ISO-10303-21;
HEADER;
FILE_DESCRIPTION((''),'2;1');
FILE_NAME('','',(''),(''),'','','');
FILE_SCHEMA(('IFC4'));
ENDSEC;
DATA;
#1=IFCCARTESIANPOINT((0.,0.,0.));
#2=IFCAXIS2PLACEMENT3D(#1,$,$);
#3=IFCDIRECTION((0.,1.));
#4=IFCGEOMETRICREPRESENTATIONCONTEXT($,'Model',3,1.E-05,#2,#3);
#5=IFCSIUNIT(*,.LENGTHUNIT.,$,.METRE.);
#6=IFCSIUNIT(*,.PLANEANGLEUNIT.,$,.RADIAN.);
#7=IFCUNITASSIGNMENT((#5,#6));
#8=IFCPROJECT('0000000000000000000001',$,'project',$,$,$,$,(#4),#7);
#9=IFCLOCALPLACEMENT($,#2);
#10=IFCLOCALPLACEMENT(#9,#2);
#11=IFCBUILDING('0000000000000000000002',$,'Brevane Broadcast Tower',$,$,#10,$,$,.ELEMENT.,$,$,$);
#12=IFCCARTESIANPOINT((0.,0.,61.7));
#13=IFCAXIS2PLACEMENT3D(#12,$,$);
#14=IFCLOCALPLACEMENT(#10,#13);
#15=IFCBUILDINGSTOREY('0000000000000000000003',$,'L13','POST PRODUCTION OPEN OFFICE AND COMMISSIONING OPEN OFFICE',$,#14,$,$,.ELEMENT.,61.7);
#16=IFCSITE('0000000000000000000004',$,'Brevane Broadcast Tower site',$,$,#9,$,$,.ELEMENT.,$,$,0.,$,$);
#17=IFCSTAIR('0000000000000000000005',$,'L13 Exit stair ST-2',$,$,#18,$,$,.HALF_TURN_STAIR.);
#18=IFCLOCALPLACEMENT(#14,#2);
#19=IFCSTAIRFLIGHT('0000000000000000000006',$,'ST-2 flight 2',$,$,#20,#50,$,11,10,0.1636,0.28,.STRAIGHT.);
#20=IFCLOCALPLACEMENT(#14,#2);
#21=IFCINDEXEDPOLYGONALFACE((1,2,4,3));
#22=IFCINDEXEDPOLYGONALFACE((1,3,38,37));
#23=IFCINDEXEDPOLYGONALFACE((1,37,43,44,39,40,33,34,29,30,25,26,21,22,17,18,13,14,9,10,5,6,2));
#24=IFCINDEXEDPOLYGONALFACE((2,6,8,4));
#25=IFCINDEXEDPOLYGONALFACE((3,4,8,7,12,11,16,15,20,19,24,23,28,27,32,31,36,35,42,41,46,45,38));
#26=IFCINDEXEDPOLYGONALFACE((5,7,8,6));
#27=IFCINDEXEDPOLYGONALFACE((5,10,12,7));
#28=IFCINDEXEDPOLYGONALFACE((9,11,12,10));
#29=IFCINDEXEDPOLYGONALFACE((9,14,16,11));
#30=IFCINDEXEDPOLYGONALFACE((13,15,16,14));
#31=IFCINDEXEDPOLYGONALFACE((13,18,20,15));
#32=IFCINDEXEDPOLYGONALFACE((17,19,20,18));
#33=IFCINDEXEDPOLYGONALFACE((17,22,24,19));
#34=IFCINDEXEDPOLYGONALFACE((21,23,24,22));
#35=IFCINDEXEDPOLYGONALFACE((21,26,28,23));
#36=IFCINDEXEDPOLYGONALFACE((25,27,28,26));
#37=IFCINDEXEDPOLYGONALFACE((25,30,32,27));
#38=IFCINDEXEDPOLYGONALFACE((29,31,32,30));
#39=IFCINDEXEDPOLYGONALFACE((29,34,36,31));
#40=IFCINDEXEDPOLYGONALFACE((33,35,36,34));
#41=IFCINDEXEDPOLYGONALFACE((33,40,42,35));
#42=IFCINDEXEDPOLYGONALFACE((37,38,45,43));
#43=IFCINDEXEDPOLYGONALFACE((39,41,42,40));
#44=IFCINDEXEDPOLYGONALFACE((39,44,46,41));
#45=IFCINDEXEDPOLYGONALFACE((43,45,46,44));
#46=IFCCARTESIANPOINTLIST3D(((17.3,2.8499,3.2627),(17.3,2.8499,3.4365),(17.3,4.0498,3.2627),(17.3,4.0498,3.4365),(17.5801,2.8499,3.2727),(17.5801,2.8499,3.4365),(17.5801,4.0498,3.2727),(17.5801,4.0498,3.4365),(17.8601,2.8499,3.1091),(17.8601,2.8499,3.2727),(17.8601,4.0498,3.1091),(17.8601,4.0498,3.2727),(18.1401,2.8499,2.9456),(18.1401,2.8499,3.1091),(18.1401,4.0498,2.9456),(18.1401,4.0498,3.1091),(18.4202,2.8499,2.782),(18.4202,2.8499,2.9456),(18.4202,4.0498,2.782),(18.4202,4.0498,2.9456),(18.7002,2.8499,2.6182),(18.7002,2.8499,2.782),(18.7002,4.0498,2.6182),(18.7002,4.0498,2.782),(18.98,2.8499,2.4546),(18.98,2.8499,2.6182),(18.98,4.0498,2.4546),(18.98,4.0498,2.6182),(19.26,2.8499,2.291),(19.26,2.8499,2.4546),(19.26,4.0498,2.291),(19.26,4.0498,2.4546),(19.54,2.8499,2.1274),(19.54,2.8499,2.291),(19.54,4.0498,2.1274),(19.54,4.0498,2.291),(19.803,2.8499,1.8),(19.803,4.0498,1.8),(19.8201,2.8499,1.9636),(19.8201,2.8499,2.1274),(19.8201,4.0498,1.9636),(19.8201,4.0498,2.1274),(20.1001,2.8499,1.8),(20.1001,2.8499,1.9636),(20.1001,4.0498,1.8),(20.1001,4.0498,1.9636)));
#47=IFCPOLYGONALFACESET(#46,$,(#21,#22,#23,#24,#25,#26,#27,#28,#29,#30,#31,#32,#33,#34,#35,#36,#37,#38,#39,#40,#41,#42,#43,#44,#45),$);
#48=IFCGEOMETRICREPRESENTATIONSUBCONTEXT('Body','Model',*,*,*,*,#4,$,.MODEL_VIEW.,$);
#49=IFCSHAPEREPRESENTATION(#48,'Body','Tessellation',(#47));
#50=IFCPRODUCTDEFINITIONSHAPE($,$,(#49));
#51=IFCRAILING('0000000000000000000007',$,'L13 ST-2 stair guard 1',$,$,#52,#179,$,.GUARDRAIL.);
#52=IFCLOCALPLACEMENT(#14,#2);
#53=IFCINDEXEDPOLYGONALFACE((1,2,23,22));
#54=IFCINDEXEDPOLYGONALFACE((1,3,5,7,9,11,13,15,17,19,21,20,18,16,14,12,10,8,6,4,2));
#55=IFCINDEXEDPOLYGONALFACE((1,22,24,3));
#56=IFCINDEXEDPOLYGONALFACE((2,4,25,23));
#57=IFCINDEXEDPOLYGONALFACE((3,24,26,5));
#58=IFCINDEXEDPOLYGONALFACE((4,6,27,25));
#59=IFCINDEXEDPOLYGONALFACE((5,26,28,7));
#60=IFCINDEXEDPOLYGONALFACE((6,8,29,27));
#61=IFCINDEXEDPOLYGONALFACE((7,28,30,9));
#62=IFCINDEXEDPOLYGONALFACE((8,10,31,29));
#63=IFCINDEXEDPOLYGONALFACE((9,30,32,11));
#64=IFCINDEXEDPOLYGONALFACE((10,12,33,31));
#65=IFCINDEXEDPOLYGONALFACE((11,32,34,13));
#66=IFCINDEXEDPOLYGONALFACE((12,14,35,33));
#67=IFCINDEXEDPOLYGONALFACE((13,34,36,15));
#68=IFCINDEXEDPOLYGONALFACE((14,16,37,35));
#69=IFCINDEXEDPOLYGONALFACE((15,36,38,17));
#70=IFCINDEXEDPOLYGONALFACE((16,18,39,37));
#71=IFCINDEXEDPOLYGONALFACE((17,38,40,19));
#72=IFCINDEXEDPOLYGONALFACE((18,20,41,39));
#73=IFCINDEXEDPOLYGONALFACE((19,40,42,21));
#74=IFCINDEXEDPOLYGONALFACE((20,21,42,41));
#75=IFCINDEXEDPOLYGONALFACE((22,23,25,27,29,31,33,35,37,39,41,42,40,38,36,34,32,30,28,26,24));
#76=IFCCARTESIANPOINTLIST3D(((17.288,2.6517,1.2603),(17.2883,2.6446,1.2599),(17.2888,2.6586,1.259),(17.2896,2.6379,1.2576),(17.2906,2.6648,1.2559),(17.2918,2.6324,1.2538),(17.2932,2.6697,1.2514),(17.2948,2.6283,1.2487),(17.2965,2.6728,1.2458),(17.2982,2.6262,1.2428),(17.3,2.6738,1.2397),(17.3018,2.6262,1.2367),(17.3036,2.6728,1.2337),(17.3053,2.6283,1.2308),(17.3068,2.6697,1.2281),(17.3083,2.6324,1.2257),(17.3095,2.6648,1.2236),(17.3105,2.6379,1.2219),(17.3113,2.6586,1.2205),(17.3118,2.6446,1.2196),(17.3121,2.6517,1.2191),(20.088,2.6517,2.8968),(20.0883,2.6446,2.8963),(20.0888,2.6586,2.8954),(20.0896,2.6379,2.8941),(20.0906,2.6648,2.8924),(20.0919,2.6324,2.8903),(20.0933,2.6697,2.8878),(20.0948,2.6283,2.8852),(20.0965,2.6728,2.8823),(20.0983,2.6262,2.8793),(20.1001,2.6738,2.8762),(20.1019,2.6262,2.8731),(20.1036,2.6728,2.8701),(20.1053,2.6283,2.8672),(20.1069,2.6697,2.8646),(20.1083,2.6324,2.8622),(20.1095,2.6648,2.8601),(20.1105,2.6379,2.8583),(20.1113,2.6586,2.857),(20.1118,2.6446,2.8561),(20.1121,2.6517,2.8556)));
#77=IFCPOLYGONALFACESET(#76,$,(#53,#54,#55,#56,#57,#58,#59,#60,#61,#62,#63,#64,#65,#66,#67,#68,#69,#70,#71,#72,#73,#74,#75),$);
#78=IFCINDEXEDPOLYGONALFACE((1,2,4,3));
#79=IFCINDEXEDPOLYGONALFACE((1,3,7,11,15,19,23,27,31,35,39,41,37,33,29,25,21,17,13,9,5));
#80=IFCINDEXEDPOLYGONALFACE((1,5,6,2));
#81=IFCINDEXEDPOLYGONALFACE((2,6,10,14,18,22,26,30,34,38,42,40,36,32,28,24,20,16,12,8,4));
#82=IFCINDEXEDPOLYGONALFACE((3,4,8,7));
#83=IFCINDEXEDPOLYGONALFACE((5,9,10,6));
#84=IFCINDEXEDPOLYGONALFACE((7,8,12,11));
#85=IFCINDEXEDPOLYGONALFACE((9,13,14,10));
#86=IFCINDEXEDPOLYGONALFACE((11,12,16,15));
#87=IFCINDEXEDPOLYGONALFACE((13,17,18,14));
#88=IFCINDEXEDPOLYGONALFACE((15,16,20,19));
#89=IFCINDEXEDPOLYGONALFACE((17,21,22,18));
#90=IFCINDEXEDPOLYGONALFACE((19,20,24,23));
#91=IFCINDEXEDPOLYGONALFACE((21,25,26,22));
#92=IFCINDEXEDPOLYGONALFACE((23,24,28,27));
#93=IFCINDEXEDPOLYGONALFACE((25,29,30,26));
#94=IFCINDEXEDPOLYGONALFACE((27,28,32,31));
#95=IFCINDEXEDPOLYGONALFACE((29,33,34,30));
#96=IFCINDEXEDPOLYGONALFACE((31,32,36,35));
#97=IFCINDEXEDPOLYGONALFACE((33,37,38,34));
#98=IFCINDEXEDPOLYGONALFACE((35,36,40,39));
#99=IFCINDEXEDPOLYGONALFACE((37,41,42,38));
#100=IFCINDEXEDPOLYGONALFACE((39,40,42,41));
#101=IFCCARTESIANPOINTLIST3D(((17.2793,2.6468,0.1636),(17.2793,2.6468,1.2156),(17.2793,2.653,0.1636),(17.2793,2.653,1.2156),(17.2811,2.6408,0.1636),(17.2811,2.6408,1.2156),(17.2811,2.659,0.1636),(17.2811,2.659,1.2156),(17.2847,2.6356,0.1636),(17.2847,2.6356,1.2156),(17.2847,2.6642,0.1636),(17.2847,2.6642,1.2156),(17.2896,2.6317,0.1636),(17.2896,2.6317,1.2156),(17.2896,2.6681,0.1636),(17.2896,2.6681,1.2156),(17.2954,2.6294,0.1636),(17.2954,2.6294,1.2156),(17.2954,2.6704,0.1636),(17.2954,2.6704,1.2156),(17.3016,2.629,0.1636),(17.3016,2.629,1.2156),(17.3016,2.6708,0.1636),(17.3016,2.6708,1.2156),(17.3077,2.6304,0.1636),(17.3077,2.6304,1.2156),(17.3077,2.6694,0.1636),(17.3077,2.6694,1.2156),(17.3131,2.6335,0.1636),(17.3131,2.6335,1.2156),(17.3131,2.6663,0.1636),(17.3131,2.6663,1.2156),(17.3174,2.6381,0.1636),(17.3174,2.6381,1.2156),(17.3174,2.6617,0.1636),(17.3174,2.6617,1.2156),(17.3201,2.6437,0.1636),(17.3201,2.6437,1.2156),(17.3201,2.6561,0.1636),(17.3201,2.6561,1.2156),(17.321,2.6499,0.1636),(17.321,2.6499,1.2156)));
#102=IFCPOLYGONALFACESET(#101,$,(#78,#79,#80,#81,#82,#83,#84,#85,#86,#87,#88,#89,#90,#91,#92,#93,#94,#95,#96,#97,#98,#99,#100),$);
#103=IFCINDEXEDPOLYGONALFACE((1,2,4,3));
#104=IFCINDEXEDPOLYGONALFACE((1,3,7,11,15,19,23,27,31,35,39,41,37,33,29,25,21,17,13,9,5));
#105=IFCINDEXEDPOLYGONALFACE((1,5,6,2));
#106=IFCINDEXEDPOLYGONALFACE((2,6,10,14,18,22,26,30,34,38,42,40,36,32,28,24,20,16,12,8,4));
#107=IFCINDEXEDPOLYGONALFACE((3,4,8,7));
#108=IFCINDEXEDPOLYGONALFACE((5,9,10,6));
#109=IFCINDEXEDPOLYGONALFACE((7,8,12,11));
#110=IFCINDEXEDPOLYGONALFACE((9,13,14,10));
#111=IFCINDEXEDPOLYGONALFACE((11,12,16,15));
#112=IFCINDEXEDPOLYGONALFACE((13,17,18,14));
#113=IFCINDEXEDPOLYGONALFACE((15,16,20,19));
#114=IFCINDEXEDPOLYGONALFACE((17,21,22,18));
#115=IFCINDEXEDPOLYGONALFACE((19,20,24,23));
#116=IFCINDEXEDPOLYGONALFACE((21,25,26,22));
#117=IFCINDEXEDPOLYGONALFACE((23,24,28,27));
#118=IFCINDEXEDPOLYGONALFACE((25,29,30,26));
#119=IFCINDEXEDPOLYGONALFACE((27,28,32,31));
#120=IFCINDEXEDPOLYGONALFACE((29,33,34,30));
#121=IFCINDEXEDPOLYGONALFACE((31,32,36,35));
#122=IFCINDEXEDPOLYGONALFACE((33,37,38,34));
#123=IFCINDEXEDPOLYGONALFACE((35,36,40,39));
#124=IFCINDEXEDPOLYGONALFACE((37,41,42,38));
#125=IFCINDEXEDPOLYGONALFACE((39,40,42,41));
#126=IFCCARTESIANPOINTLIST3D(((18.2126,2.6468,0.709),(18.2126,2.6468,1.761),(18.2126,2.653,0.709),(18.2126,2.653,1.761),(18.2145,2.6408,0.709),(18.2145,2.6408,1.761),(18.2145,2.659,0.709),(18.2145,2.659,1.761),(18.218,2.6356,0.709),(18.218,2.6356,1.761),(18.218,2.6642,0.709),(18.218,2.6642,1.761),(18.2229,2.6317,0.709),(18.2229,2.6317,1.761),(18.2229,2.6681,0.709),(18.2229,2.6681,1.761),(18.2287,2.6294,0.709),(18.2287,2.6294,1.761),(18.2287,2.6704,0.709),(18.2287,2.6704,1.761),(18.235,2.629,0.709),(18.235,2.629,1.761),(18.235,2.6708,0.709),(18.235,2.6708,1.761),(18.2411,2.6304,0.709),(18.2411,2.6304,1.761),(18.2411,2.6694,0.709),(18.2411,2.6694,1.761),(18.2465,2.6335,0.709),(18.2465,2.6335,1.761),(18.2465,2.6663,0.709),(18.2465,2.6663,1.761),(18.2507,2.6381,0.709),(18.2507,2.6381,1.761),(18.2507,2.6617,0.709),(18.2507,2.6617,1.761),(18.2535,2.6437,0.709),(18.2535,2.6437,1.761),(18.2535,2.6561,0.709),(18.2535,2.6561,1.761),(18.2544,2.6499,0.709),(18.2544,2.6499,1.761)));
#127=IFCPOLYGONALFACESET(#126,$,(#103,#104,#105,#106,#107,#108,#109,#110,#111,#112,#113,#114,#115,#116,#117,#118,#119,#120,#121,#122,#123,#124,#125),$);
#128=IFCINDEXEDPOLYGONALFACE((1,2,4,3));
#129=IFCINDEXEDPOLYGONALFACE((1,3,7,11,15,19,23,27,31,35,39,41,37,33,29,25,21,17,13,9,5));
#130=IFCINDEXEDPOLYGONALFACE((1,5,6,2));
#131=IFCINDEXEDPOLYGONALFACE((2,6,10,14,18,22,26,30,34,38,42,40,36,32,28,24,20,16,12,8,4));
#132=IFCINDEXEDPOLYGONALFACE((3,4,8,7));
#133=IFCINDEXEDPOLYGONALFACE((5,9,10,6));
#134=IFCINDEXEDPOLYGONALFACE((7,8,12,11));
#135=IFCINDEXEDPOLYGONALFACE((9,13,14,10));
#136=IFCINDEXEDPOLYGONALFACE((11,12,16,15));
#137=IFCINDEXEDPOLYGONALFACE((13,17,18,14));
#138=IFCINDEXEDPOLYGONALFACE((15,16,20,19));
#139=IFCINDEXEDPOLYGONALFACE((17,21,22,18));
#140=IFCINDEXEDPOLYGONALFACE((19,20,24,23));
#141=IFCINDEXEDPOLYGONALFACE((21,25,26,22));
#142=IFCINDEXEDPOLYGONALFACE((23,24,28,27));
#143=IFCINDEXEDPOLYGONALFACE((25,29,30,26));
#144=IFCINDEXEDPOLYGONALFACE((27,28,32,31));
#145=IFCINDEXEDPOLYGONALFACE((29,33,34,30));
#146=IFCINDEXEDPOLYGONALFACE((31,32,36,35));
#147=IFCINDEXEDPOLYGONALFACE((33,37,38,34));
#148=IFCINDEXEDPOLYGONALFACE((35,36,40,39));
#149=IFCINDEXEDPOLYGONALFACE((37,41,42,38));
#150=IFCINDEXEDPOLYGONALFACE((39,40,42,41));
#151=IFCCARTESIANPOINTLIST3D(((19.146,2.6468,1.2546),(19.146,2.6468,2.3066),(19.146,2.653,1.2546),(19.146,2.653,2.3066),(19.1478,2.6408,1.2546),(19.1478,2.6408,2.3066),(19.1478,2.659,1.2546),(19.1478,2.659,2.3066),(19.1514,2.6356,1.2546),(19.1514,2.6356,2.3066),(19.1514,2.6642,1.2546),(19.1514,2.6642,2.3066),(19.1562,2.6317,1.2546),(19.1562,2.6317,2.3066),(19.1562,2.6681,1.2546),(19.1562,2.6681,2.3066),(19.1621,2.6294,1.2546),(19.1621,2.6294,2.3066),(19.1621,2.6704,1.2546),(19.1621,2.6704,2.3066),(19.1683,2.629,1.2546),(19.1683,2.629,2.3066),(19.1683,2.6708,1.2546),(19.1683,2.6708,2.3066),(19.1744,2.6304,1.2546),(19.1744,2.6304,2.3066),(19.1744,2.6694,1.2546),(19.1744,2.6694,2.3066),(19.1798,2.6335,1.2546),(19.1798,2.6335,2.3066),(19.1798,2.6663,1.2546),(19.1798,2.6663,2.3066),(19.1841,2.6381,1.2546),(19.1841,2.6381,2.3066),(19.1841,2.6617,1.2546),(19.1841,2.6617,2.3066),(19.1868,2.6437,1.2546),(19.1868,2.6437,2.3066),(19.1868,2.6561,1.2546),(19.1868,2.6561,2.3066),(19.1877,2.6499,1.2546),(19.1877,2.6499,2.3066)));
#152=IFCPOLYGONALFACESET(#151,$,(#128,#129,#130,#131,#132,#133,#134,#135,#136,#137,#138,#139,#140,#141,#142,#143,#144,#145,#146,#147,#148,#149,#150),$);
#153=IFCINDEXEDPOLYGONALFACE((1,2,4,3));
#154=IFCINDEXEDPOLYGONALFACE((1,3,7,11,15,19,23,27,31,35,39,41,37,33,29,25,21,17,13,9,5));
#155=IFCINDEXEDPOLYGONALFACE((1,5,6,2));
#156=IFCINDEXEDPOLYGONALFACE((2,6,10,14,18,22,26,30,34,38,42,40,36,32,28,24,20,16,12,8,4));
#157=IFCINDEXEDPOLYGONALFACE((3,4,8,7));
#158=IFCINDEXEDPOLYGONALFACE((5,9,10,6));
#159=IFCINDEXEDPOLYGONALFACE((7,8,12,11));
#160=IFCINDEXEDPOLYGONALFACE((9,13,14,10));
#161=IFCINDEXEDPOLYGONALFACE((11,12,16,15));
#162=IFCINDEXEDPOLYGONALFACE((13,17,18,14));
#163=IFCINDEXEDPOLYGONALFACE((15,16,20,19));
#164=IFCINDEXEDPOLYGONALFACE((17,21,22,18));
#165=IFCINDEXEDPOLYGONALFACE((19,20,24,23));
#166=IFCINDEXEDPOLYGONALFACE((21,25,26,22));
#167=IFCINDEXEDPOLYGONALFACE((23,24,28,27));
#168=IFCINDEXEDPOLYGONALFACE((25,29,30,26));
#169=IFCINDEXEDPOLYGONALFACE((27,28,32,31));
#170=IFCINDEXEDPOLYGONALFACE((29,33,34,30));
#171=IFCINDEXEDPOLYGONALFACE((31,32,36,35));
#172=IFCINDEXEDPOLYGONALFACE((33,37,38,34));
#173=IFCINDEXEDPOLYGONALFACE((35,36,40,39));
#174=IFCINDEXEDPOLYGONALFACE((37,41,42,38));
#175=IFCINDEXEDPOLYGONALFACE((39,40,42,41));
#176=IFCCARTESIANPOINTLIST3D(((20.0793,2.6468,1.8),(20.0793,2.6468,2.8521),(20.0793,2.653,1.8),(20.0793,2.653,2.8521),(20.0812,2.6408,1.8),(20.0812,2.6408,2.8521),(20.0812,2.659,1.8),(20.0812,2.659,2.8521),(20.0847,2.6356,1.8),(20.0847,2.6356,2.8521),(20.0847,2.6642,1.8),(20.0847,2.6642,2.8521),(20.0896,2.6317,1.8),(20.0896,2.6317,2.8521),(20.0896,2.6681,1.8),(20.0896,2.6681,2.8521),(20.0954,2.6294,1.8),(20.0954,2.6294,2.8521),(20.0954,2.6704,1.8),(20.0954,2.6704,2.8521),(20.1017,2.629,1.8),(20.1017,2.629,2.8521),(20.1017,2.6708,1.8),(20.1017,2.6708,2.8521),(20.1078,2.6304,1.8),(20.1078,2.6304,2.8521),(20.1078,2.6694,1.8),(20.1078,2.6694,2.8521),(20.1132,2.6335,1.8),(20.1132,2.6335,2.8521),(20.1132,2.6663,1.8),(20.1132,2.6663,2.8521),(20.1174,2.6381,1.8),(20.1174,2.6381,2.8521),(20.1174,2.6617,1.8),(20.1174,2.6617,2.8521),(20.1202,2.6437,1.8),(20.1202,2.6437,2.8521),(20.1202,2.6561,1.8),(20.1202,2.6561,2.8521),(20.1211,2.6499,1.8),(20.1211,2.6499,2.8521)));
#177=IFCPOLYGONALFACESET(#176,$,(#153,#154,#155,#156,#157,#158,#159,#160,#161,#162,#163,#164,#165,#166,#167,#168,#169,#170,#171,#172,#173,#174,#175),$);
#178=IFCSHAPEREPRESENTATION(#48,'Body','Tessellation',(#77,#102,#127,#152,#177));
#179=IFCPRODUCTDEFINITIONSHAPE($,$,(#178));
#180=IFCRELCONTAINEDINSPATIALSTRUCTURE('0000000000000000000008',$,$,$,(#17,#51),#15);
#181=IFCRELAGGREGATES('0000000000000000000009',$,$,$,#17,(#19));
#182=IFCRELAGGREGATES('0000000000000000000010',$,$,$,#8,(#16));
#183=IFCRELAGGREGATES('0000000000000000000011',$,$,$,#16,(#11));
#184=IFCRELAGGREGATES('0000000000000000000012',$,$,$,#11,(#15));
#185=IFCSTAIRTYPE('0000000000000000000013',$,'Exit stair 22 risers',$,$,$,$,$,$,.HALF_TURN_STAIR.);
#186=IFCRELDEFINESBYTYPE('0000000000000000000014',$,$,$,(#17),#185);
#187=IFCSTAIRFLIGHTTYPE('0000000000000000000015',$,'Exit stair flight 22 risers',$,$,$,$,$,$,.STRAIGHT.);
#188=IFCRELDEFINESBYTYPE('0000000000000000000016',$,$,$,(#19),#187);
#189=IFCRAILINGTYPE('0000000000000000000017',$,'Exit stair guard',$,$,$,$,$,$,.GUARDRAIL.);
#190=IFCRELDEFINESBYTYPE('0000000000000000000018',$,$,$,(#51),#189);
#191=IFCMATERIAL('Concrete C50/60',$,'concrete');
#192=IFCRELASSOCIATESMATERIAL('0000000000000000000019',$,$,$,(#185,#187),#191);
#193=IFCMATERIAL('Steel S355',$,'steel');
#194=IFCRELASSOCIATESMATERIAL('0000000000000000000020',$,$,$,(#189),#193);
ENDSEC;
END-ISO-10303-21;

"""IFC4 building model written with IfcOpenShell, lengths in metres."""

from ifc_helpers import new_model, si_unit, direction, frame, origin, origin_2d, place, context, subcontext, project, spatial, polyline, circle, outline, extrude, material, type_object, element, aggregate, save


model = new_model("IFC4")

# Units and contexts
model_context = context("Model", 3, precision=1e-05, world=origin(), true_north=direction((0.0, 1.0)))
body_context = subcontext(model_context, "Body", "Model", "MODEL_VIEW")
ifc_project = project(units=[si_unit("LENGTHUNIT", "METRE"), si_unit("PLANEANGLEUNIT", "RADIAN")], contexts=[model_context])

# Site, building, storey
site_placement = place(None, origin())
site = spatial("IfcSite", under=ifc_project, at=site_placement, Name="Brevane Broadcast Tower site", CompositionType="ELEMENT", RefElevation=0.0)
building_placement = place(site_placement, origin())
building = spatial("IfcBuilding", under=site, at=building_placement, Name="Brevane Broadcast Tower", CompositionType="ELEMENT")
storey_placement = place(building_placement, frame((0.0, 0.0, 61.7)))
storey = spatial("IfcBuildingStorey", under=building, at=storey_placement, Name="L13", Description="POST PRODUCTION OPEN OFFICE AND COMMISSIONING OPEN OFFICE", CompositionType="ELEMENT", Elevation=61.7)

# Stair, stair flight
ifc_material_1 = material(Name="Concrete C50/60", Category="concrete")
stair_type = type_object("IfcStairType", Name="Exit stair 22 risers", PredefinedType="HALF_TURN_STAIR", material=ifc_material_1)
stair_placement = place(storey_placement, origin())
stair = element("IfcStair", 1, at=stair_placement, inside=storey, type_object=stair_type, Name="L13 Exit stair ST-2", PredefinedType="HALF_TURN_STAIR")
stair_flight_type = type_object("IfcStairFlightType", Name="Exit stair flight 22 risers", PredefinedType="STRAIGHT", material=ifc_material_1)
stair_flight_1_placement = place(storey_placement, frame((20.1001, 3.45, 1.8), z_axis=(0.0, 0.0, 1.0), x_axis=(-1.0, 0.0, 0.0)))
stair_flight_1 = element("IfcStairFlight", 2, at=stair_flight_1_placement, type_object=stair_flight_type, Name="ST-2 flight 2", NumberOfRisers=11, NumberOfTreads=10, PredefinedType="STRAIGHT", RiserHeight=0.1636, TreadLength=0.28, context=body_context, shape_type="SweptSolid", body=[
    extrude(outline(polyline([(0.0, 0.0), (0.0, 0.1636), (0.28, 0.1636), (0.28, 0.3274), (0.5601, 0.3274), (0.5601, 0.491), (0.8401, 0.491), (0.8401, 0.6545), (1.1201, 0.6545), (1.1201, 0.8181), (1.3999, 0.8181), (1.3999, 0.9819), (1.6799, 0.9819), (1.6799, 1.1455), (1.96, 1.1455), (1.96, 1.3091), (2.24, 1.3091), (2.24, 1.4727), (2.52, 1.4727), (2.52, 1.6365), (2.8, 1.6365), (2.8, 1.8), (2.8, 1.4626), (0.2971, 0.0), (0.0, 0.0)])), frame((0.0, 0.6001, 0.0), z_axis=(0.0, -1.0, 0.0), x_axis=(1.0, 0.0, 0.0)), (0.0, 0.0, 1.0), 1.2),
])
aggregate(stair, [stair_flight_1])

# Railing
ifc_material_2 = material(Name="Steel S355", Category="steel")
railing_type_1 = type_object("IfcRailingType", Name="Exit stair guard", PredefinedType="GUARDRAIL", material=ifc_material_2)
railing_1_placement = place(storey_placement, frame((17.3, 2.6499, 0.1636)))
element("IfcRailing", 3, at=railing_1_placement, inside=storey, type_object=railing_type_1, Name="L13 ST-2 stair guard 1", PredefinedType="GUARDRAIL", context=body_context, shape_type="SweptSolid", body=[
    extrude(circle(Radius=0.0239, at=origin_2d()), frame((0.0, 0.0, 1.0762), z_axis=(0.863361, 0.0, 0.504587), x_axis=(0.0, 1.0, 0.0)), (0.0, 0.0, 1.0), 3.2432),
    extrude(circle(Radius=0.021, at=origin_2d()), origin(), (0.0, 0.0, 1.0), 1.052),
    extrude(circle(Radius=0.021, at=origin_2d()), frame((0.9333, 0.0, 0.5454)), (0.0, 0.0, 1.0), 1.052),
    extrude(circle(Radius=0.021, at=origin_2d()), frame((1.8667, 0.0, 1.0911)), (0.0, 0.0, 1.0), 1.052),
    extrude(circle(Radius=0.021, at=origin_2d()), frame((2.8, 0.0, 1.6365)), (0.0, 0.0, 1.0), 1.052),
])

save(model, "model.ifc")
